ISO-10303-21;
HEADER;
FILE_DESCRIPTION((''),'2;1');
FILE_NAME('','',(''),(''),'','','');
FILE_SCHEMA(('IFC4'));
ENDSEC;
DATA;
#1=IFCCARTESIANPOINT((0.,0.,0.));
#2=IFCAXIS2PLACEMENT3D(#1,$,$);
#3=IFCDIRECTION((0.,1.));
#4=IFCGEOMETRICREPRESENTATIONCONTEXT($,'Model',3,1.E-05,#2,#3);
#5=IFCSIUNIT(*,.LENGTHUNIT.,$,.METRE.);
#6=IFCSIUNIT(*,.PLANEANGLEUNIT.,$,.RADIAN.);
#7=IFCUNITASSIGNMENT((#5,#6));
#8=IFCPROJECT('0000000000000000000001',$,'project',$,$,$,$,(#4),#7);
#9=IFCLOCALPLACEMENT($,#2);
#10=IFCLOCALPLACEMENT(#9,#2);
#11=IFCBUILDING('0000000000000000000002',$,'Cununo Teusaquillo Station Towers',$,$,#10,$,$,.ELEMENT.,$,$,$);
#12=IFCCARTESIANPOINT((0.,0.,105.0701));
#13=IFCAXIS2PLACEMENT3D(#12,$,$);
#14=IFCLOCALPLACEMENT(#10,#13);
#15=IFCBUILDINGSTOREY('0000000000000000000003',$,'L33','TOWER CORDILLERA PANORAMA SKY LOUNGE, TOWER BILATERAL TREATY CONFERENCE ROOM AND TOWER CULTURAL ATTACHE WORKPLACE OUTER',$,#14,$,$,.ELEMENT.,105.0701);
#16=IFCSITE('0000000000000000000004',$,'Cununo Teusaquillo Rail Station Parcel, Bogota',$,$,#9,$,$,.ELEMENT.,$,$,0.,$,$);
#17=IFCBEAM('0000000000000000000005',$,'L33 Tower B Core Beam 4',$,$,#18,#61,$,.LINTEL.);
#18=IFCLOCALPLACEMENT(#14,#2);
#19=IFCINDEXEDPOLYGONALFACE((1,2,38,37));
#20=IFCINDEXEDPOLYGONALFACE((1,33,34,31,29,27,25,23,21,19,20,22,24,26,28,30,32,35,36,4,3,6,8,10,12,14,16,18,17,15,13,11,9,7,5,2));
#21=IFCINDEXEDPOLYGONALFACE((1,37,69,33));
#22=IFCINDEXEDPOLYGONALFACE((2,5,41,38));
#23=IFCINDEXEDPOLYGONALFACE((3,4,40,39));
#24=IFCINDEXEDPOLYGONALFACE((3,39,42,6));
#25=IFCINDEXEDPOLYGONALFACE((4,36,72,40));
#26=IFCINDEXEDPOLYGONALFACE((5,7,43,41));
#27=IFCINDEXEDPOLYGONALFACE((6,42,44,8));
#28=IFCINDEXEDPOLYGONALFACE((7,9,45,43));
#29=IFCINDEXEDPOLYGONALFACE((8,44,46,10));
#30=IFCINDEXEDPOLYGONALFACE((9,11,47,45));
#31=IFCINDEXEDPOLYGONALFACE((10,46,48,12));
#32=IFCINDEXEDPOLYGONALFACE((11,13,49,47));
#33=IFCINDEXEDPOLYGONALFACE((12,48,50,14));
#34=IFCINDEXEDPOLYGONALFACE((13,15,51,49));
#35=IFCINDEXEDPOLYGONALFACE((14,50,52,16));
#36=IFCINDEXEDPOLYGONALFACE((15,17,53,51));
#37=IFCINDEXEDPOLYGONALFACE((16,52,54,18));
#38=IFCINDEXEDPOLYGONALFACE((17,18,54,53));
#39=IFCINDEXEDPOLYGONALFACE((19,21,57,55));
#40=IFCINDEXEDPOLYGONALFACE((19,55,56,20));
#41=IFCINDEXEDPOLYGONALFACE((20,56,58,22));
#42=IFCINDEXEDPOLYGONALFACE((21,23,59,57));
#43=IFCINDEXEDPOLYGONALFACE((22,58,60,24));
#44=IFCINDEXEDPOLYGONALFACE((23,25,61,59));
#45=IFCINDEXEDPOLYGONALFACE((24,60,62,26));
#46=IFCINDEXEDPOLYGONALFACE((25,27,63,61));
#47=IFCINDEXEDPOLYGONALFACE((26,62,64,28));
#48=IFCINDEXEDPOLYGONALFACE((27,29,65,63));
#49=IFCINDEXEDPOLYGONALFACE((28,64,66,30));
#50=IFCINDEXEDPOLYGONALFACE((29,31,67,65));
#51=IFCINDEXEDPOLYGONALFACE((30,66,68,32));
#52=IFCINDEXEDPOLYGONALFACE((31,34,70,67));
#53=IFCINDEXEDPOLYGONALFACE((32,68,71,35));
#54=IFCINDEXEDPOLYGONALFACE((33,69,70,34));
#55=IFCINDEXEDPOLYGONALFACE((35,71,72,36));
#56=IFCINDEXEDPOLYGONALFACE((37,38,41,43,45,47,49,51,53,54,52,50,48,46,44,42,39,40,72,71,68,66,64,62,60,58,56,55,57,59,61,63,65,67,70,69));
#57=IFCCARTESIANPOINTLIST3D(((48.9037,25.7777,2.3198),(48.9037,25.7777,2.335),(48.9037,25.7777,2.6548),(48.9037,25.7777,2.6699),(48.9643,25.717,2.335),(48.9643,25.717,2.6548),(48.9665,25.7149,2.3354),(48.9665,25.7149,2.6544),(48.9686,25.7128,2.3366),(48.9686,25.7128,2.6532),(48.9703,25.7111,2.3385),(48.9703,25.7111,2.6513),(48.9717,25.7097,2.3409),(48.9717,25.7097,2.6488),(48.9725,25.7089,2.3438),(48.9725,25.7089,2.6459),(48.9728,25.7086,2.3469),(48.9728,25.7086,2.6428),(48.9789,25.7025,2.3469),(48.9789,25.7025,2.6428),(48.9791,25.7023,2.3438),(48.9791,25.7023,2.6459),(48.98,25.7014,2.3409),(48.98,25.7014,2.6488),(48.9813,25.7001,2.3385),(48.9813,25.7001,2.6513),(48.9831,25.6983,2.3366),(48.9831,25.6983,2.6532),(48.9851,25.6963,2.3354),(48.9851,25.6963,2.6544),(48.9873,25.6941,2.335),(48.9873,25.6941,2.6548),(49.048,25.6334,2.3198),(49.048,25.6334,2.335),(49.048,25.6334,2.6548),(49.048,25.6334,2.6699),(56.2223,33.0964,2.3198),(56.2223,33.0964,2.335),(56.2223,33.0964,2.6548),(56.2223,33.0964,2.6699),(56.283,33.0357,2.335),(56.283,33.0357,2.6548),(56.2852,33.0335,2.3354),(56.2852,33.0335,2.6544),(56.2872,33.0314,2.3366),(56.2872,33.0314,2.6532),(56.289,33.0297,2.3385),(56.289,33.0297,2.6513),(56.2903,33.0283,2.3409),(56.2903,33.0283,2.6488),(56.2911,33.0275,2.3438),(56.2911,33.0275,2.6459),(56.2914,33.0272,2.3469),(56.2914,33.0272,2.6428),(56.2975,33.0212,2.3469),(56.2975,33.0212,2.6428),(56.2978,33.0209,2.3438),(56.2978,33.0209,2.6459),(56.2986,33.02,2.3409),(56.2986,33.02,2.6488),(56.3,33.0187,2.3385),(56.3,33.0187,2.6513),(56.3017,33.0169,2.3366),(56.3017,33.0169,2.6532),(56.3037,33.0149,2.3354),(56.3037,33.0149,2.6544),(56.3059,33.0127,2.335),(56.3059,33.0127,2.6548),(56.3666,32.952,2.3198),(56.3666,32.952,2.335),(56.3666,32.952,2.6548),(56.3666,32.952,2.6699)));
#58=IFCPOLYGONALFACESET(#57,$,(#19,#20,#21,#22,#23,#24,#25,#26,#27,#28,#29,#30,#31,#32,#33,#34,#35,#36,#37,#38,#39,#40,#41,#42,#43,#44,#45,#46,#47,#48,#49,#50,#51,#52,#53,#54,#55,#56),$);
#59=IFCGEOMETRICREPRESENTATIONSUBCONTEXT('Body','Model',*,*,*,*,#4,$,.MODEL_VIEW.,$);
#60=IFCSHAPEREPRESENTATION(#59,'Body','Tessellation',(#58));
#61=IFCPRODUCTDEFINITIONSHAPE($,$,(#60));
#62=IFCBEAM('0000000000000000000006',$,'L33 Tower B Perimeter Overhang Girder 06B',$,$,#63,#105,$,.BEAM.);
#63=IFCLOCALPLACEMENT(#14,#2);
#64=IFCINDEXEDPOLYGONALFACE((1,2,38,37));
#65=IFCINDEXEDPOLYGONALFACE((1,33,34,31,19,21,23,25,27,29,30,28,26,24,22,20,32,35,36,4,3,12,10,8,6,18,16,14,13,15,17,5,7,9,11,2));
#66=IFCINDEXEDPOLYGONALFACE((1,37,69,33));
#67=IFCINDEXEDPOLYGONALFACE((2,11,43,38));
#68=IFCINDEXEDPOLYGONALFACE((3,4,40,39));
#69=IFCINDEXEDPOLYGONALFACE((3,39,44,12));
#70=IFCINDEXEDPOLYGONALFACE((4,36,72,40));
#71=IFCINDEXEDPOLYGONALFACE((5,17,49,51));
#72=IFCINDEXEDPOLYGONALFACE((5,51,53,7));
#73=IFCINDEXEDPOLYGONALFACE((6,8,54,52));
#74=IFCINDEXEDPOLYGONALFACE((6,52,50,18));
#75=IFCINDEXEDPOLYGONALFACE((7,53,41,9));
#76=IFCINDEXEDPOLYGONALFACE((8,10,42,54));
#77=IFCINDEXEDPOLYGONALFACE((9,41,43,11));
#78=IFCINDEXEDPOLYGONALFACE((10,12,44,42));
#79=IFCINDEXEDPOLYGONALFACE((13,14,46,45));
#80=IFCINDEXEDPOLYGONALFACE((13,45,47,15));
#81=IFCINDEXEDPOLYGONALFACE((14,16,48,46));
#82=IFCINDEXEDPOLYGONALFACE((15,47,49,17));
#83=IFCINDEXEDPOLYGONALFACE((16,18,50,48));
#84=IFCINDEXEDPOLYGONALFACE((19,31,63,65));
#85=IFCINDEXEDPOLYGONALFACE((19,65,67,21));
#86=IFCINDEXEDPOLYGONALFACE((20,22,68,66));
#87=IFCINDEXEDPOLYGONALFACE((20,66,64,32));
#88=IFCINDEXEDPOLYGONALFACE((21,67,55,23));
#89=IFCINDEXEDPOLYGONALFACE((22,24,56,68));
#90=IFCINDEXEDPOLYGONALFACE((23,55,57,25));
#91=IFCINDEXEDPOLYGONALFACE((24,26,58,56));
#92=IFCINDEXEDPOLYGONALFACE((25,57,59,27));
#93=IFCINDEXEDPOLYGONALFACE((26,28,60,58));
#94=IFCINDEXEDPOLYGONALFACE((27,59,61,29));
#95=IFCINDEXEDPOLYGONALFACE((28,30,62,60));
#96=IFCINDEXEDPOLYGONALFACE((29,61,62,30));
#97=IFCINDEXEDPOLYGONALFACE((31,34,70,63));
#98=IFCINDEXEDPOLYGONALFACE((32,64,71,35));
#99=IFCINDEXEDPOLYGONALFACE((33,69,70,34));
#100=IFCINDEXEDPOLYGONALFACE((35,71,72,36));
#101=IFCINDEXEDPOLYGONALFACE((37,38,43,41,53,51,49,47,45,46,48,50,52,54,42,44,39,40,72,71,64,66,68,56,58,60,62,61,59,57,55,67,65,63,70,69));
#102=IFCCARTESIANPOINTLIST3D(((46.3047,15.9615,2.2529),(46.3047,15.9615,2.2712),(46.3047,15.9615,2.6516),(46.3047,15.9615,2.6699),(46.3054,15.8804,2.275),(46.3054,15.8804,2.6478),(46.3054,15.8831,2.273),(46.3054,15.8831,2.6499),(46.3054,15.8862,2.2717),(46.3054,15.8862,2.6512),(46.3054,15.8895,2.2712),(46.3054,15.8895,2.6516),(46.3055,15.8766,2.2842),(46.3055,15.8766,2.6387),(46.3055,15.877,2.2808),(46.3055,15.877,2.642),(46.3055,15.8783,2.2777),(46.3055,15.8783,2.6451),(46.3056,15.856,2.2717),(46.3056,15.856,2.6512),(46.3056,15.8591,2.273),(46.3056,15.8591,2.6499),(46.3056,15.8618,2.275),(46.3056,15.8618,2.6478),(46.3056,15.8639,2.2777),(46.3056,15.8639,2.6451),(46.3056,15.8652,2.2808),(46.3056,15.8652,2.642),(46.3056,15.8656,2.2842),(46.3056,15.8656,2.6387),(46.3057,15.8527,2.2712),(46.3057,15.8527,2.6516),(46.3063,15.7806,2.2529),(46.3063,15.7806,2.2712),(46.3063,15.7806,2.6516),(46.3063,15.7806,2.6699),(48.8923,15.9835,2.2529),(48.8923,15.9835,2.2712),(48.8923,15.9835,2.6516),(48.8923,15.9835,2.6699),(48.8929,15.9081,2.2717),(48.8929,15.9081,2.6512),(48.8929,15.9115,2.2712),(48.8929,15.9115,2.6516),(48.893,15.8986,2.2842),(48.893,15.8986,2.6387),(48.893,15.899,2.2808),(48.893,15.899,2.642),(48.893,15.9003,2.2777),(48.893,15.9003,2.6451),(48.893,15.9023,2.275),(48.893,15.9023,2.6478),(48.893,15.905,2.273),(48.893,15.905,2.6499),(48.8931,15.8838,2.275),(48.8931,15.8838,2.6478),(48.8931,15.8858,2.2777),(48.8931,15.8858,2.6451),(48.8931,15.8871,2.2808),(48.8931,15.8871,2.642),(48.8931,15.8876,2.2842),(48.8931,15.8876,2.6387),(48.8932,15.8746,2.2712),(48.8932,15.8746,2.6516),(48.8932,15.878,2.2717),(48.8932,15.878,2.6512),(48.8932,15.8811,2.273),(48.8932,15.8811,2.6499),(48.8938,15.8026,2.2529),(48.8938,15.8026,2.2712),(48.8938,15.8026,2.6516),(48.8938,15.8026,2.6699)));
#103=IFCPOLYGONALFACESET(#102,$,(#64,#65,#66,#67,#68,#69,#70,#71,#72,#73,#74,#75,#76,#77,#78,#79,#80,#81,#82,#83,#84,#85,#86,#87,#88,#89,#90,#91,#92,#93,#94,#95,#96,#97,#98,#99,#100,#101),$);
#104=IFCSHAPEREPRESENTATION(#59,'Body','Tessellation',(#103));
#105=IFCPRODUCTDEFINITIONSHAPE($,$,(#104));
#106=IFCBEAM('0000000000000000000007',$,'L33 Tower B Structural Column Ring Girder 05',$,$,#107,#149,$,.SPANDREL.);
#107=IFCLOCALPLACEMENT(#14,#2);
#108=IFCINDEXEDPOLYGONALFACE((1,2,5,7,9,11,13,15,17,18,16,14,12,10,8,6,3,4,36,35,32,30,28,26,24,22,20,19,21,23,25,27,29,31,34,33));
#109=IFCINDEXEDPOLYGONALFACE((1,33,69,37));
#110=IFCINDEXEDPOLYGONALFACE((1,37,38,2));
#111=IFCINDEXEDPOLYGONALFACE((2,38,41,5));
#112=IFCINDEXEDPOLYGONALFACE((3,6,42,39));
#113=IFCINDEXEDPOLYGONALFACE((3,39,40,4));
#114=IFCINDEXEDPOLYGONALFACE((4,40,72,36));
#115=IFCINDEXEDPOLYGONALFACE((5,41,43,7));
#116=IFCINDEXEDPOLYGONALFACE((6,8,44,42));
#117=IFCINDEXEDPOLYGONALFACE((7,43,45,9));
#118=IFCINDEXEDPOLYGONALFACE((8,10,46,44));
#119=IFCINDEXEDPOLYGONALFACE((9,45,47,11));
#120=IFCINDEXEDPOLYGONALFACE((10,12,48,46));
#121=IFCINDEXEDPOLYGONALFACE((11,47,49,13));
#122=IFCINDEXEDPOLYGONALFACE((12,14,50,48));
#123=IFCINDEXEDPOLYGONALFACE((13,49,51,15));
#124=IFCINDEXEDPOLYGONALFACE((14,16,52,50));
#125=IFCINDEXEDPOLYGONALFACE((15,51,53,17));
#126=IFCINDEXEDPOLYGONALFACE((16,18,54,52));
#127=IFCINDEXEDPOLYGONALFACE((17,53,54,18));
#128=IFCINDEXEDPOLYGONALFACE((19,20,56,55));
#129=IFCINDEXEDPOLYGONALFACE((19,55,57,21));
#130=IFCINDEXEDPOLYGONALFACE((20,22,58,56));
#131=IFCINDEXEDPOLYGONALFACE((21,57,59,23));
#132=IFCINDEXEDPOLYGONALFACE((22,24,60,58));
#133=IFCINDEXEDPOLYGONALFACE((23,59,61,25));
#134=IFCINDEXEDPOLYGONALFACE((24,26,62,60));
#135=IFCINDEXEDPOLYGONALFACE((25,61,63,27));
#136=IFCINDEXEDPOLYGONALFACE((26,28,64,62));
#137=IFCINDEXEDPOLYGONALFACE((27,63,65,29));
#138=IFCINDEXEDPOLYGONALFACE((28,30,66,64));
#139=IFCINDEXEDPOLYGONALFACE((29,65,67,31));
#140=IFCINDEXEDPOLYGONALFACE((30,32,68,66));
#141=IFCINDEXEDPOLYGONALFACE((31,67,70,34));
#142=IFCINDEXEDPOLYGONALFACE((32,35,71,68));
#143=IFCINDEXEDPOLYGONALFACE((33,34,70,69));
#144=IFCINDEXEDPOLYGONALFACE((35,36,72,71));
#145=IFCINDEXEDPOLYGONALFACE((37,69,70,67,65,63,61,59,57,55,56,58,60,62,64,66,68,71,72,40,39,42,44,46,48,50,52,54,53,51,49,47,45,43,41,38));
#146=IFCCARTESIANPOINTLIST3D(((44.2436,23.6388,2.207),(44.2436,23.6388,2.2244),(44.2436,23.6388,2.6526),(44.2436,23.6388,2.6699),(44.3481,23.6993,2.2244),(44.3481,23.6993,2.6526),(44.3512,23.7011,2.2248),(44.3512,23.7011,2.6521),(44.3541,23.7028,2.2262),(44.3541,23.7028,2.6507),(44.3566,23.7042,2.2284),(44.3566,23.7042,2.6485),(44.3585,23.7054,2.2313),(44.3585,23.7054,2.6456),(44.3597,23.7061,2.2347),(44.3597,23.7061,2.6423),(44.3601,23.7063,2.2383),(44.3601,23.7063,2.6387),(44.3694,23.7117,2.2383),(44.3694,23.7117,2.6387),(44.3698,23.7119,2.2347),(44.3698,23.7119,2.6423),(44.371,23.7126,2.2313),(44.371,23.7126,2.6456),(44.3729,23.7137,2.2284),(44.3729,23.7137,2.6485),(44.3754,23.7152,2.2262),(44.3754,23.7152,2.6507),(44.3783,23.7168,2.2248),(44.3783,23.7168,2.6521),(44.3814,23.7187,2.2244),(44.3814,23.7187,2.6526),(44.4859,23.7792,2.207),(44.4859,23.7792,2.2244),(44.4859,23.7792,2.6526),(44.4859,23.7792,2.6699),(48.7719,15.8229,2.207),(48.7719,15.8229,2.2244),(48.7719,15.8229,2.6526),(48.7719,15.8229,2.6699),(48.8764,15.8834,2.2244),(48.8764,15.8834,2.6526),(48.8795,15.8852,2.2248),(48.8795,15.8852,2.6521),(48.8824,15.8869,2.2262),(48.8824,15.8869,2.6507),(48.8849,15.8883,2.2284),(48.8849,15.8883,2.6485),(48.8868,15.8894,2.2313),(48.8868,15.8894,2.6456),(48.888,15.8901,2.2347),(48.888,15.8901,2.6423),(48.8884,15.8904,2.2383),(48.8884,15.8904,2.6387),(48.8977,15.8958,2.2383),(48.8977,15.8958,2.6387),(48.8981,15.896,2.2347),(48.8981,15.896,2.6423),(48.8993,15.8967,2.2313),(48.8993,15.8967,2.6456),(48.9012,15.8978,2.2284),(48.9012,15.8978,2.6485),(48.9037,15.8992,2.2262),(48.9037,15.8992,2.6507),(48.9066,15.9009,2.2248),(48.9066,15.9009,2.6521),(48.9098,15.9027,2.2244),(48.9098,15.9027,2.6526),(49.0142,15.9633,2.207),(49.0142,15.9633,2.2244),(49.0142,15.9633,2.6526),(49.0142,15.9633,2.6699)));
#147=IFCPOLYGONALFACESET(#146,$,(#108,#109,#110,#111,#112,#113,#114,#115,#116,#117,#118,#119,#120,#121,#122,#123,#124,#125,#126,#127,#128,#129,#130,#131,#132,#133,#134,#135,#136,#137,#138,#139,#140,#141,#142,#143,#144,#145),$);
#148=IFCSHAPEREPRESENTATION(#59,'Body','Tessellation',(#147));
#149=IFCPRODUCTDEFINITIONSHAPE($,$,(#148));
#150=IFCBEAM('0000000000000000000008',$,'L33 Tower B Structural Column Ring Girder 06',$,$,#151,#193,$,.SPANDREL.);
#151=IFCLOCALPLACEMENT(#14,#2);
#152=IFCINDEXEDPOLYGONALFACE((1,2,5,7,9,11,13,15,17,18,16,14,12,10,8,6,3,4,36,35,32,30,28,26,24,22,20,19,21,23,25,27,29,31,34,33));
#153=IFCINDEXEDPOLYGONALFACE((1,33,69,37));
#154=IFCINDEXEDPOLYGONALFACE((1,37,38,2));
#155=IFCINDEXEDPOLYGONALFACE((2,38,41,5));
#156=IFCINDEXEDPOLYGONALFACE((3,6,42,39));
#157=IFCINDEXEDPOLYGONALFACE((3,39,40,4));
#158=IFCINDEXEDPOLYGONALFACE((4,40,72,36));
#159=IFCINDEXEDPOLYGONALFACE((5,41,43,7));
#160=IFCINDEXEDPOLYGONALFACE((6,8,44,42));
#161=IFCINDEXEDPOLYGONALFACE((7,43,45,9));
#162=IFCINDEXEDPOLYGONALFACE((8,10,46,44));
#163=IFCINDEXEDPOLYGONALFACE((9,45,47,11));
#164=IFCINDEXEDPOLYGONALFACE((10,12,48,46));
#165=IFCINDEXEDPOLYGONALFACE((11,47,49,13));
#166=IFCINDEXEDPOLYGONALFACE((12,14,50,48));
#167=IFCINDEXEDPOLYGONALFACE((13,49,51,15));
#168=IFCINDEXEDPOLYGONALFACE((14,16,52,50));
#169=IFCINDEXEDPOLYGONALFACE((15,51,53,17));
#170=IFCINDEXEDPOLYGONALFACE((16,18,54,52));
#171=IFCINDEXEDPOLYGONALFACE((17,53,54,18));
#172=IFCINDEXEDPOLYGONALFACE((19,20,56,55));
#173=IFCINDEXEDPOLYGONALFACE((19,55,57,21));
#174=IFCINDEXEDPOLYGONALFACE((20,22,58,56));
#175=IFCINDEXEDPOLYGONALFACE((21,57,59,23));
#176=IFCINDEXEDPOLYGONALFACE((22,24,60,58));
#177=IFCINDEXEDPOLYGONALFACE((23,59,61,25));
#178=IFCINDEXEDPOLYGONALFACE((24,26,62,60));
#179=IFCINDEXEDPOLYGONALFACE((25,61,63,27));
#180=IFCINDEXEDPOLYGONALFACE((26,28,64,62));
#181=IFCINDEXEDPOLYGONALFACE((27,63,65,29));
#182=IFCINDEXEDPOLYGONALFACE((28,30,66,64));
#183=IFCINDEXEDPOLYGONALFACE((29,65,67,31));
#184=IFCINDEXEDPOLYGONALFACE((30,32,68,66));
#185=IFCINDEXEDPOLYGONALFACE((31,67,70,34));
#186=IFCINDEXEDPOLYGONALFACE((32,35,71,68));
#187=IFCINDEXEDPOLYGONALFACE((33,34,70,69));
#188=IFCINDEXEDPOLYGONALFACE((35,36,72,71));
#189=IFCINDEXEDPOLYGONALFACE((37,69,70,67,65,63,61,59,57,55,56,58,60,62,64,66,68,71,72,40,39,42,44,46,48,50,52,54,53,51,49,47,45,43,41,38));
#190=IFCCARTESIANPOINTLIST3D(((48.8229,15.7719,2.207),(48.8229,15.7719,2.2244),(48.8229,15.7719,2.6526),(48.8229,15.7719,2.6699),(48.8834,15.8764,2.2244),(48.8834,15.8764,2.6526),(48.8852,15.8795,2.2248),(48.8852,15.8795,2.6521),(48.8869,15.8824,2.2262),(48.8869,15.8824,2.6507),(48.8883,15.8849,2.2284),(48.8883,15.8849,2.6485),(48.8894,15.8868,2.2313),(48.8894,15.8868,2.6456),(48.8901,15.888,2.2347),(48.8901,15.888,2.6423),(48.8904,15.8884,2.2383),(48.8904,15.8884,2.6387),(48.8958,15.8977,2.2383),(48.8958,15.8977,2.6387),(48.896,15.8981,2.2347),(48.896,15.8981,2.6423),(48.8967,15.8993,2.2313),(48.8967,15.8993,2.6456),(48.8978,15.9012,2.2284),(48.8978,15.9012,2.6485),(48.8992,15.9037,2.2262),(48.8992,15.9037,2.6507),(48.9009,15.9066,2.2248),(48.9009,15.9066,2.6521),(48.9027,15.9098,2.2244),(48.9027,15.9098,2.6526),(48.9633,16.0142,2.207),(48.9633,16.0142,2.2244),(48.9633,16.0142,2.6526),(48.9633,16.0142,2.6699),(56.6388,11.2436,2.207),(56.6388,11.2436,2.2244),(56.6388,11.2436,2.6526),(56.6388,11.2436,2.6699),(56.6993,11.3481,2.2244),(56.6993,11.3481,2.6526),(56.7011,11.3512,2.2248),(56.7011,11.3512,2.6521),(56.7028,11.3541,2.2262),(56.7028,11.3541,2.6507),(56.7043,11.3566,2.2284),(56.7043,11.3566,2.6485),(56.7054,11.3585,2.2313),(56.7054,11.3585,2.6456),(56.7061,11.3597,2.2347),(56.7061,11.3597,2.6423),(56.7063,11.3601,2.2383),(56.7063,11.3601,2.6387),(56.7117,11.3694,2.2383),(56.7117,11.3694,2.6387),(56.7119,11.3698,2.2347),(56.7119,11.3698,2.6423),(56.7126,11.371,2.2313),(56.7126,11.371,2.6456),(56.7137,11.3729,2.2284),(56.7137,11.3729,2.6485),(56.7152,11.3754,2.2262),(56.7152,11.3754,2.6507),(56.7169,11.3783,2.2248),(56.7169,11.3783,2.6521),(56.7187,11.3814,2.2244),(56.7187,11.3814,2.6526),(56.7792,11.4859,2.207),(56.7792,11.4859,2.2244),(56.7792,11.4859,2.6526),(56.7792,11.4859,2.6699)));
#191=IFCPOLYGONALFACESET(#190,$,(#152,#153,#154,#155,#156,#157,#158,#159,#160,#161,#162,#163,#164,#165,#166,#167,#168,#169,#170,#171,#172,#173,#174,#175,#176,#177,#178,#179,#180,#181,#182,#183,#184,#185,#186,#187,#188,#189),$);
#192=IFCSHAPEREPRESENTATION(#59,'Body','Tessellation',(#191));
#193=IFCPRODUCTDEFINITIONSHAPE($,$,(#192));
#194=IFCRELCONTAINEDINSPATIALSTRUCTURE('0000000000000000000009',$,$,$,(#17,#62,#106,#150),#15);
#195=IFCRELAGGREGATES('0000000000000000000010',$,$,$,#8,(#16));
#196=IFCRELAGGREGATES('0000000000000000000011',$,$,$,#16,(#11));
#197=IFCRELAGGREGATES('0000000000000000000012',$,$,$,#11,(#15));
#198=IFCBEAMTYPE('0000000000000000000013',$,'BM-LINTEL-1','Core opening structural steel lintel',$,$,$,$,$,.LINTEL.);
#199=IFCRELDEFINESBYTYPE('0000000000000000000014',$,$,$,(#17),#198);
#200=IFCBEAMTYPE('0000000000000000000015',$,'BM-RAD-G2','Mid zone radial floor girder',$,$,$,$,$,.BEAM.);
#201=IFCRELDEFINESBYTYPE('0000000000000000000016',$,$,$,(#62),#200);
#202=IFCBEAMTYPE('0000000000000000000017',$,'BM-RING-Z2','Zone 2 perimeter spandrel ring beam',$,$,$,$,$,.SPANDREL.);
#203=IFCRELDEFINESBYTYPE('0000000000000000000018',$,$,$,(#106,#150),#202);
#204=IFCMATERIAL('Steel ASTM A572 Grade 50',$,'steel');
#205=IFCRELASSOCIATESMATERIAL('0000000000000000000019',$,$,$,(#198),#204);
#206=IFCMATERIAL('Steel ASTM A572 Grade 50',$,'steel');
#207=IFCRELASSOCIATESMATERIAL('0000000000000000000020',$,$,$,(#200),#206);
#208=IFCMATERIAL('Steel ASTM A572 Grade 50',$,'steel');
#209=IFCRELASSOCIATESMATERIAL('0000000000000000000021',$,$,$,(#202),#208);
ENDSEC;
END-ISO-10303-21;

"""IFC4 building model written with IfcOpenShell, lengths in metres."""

from ifc_helpers import new_model, si_unit, direction, frame, origin, origin_2d, place, context, subcontext, project, spatial, i_section, extrude, material, material_profile, profile_set, type_object, element, save


model = new_model("IFC4")

# Units and contexts
model_context = context("Model", 3, precision=1e-05, world=origin(), true_north=direction((0.0, 1.0)))
body_context = subcontext(model_context, "Body", "Model", "MODEL_VIEW")
ifc_project = project(units=[si_unit("LENGTHUNIT", "METRE"), si_unit("PLANEANGLEUNIT", "RADIAN")], contexts=[model_context])

# Site, building, storey
site_placement = place(None, origin())
site = spatial("IfcSite", under=ifc_project, at=site_placement, Name="Cununo Teusaquillo Rail Station Parcel, Bogota", CompositionType="ELEMENT", RefElevation=0.0)
building_placement = place(site_placement, origin())
building = spatial("IfcBuilding", under=site, at=building_placement, Name="Cununo Teusaquillo Station Towers", CompositionType="ELEMENT")
storey_placement = place(building_placement, frame((0.0, 0.0, 105.0701)))
storey = spatial("IfcBuildingStorey", under=building, at=storey_placement, Name="L33", Description="TOWER CORDILLERA PANORAMA SKY LOUNGE, TOWER BILATERAL TREATY CONFERENCE ROOM AND TOWER CULTURAL ATTACHE WORKPLACE OUTER", CompositionType="ELEMENT", Elevation=105.0701)

# Beams
ifc_material_1 = material(Name="Steel ASTM A572 Grade 50", Category="steel")
ifc_material_profile_1 = material_profile(ifc_material_1, i_section(OverallWidth=0.2041, OverallDepth=0.3501, WebThickness=0.0085, FlangeThickness=0.0151, FilletRadius=0.012, at=origin_2d()), Name="W14X48")
ifc_profile_set_1 = profile_set([ifc_material_profile_1], Name="Steel ASTM A572 Grade 50")
beam_type_1 = type_object("IfcBeamType", Name="BM-LINTEL-1", Description="Core opening structural steel lintel", PredefinedType="LINTEL", material=ifc_profile_set_1)
beam_1_placement = place(storey_placement, frame((48.9758, 25.7056, 2.4949), z_axis=(0.707107, 0.707107, 0.0), x_axis=(-0.707107, 0.707107, 0.0)))
element("IfcBeam", 1, at=beam_1_placement, inside=storey, type_object=beam_type_1, Name="L33 Tower B Core Beam 4", PredefinedType="LINTEL", context=body_context, shape_type="SweptSolid", body=[
    extrude(i_section(OverallWidth=0.2041, OverallDepth=0.3501, WebThickness=0.0085, FlangeThickness=0.0151, FilletRadius=0.012, at=origin_2d()), origin(), (0.0, 0.0, 1.0), 10.3501),
])
ifc_material_2 = material(Name="Steel ASTM A572 Grade 50", Category="steel")
ifc_material_profile_2 = material_profile(ifc_material_2, i_section(OverallWidth=0.1809, OverallDepth=0.417, WebThickness=0.011, FlangeThickness=0.0183, FilletRadius=0.0129, at=origin_2d()), Name="W16X57")
ifc_profile_set_2 = profile_set([ifc_material_profile_2], Name="Steel ASTM A572 Grade 50")
beam_type_2 = type_object("IfcBeamType", Name="BM-RAD-G2", Description="Mid zone radial floor girder", PredefinedType="BEAM", material=ifc_profile_set_2)
beam_2_placement = place(storey_placement, frame((48.8931, 15.8931, 2.4614), z_axis=(-0.999964, -0.008491, 0.0), x_axis=(0.008491, -0.999964, 0.0)))
element("IfcBeam", 2, at=beam_2_placement, inside=storey, type_object=beam_type_2, Name="L33 Tower B Perimeter Overhang Girder 06B", PredefinedType="BEAM", context=body_context, shape_type="SweptSolid", body=[
    extrude(i_section(OverallWidth=0.1809, OverallDepth=0.417, WebThickness=0.011, FlangeThickness=0.0183, FilletRadius=0.0129, at=origin_2d()), origin(), (0.0, 0.0, 1.0), 2.5876),
])
ifc_material_3 = material(Name="Steel ASTM A572 Grade 50", Category="steel")
ifc_material_profile_3 = material_profile(ifc_material_3, i_section(OverallWidth=0.28, OverallDepth=0.4629, WebThickness=0.0107, FlangeThickness=0.0173, FilletRadius=0.0139, at=origin_2d()), Name="W18X76")
ifc_profile_set_3 = profile_set([ifc_material_profile_3], Name="Steel ASTM A572 Grade 50")
beam_type_3 = type_object("IfcBeamType", Name="BM-RING-Z2", Description="Zone 2 perimeter spandrel ring beam", PredefinedType="SPANDREL", material=ifc_profile_set_3)
for number, where, z_axis, x_axis, name in (
    (3, (44.3647, 23.709, 2.4385), (0.501311, -0.865267, 0.0), (0.865267, 0.501311, 0.0), "L33 Tower B Structural Column Ring Girder 05"),
    (4, (48.8931, 15.8931, 2.4385), (0.865267, -0.501311, 0.0), (0.501311, 0.865267, 0.0), "L33 Tower B Structural Column Ring Girder 06"),
):
    element("IfcBeam", number, at=place(storey_placement, frame(where, z_axis=z_axis, x_axis=x_axis)), inside=storey, type_object=beam_type_3, Name=name, PredefinedType="SPANDREL", context=body_context, shape_type="SweptSolid", body=[
        extrude(i_section(OverallWidth=0.28, OverallDepth=0.4629, WebThickness=0.0107, FlangeThickness=0.0173, FilletRadius=0.0139, at=origin_2d()), origin(), (0.0, 0.0, 1.0), 9.033),
    ])

save(model, "model.ifc")
